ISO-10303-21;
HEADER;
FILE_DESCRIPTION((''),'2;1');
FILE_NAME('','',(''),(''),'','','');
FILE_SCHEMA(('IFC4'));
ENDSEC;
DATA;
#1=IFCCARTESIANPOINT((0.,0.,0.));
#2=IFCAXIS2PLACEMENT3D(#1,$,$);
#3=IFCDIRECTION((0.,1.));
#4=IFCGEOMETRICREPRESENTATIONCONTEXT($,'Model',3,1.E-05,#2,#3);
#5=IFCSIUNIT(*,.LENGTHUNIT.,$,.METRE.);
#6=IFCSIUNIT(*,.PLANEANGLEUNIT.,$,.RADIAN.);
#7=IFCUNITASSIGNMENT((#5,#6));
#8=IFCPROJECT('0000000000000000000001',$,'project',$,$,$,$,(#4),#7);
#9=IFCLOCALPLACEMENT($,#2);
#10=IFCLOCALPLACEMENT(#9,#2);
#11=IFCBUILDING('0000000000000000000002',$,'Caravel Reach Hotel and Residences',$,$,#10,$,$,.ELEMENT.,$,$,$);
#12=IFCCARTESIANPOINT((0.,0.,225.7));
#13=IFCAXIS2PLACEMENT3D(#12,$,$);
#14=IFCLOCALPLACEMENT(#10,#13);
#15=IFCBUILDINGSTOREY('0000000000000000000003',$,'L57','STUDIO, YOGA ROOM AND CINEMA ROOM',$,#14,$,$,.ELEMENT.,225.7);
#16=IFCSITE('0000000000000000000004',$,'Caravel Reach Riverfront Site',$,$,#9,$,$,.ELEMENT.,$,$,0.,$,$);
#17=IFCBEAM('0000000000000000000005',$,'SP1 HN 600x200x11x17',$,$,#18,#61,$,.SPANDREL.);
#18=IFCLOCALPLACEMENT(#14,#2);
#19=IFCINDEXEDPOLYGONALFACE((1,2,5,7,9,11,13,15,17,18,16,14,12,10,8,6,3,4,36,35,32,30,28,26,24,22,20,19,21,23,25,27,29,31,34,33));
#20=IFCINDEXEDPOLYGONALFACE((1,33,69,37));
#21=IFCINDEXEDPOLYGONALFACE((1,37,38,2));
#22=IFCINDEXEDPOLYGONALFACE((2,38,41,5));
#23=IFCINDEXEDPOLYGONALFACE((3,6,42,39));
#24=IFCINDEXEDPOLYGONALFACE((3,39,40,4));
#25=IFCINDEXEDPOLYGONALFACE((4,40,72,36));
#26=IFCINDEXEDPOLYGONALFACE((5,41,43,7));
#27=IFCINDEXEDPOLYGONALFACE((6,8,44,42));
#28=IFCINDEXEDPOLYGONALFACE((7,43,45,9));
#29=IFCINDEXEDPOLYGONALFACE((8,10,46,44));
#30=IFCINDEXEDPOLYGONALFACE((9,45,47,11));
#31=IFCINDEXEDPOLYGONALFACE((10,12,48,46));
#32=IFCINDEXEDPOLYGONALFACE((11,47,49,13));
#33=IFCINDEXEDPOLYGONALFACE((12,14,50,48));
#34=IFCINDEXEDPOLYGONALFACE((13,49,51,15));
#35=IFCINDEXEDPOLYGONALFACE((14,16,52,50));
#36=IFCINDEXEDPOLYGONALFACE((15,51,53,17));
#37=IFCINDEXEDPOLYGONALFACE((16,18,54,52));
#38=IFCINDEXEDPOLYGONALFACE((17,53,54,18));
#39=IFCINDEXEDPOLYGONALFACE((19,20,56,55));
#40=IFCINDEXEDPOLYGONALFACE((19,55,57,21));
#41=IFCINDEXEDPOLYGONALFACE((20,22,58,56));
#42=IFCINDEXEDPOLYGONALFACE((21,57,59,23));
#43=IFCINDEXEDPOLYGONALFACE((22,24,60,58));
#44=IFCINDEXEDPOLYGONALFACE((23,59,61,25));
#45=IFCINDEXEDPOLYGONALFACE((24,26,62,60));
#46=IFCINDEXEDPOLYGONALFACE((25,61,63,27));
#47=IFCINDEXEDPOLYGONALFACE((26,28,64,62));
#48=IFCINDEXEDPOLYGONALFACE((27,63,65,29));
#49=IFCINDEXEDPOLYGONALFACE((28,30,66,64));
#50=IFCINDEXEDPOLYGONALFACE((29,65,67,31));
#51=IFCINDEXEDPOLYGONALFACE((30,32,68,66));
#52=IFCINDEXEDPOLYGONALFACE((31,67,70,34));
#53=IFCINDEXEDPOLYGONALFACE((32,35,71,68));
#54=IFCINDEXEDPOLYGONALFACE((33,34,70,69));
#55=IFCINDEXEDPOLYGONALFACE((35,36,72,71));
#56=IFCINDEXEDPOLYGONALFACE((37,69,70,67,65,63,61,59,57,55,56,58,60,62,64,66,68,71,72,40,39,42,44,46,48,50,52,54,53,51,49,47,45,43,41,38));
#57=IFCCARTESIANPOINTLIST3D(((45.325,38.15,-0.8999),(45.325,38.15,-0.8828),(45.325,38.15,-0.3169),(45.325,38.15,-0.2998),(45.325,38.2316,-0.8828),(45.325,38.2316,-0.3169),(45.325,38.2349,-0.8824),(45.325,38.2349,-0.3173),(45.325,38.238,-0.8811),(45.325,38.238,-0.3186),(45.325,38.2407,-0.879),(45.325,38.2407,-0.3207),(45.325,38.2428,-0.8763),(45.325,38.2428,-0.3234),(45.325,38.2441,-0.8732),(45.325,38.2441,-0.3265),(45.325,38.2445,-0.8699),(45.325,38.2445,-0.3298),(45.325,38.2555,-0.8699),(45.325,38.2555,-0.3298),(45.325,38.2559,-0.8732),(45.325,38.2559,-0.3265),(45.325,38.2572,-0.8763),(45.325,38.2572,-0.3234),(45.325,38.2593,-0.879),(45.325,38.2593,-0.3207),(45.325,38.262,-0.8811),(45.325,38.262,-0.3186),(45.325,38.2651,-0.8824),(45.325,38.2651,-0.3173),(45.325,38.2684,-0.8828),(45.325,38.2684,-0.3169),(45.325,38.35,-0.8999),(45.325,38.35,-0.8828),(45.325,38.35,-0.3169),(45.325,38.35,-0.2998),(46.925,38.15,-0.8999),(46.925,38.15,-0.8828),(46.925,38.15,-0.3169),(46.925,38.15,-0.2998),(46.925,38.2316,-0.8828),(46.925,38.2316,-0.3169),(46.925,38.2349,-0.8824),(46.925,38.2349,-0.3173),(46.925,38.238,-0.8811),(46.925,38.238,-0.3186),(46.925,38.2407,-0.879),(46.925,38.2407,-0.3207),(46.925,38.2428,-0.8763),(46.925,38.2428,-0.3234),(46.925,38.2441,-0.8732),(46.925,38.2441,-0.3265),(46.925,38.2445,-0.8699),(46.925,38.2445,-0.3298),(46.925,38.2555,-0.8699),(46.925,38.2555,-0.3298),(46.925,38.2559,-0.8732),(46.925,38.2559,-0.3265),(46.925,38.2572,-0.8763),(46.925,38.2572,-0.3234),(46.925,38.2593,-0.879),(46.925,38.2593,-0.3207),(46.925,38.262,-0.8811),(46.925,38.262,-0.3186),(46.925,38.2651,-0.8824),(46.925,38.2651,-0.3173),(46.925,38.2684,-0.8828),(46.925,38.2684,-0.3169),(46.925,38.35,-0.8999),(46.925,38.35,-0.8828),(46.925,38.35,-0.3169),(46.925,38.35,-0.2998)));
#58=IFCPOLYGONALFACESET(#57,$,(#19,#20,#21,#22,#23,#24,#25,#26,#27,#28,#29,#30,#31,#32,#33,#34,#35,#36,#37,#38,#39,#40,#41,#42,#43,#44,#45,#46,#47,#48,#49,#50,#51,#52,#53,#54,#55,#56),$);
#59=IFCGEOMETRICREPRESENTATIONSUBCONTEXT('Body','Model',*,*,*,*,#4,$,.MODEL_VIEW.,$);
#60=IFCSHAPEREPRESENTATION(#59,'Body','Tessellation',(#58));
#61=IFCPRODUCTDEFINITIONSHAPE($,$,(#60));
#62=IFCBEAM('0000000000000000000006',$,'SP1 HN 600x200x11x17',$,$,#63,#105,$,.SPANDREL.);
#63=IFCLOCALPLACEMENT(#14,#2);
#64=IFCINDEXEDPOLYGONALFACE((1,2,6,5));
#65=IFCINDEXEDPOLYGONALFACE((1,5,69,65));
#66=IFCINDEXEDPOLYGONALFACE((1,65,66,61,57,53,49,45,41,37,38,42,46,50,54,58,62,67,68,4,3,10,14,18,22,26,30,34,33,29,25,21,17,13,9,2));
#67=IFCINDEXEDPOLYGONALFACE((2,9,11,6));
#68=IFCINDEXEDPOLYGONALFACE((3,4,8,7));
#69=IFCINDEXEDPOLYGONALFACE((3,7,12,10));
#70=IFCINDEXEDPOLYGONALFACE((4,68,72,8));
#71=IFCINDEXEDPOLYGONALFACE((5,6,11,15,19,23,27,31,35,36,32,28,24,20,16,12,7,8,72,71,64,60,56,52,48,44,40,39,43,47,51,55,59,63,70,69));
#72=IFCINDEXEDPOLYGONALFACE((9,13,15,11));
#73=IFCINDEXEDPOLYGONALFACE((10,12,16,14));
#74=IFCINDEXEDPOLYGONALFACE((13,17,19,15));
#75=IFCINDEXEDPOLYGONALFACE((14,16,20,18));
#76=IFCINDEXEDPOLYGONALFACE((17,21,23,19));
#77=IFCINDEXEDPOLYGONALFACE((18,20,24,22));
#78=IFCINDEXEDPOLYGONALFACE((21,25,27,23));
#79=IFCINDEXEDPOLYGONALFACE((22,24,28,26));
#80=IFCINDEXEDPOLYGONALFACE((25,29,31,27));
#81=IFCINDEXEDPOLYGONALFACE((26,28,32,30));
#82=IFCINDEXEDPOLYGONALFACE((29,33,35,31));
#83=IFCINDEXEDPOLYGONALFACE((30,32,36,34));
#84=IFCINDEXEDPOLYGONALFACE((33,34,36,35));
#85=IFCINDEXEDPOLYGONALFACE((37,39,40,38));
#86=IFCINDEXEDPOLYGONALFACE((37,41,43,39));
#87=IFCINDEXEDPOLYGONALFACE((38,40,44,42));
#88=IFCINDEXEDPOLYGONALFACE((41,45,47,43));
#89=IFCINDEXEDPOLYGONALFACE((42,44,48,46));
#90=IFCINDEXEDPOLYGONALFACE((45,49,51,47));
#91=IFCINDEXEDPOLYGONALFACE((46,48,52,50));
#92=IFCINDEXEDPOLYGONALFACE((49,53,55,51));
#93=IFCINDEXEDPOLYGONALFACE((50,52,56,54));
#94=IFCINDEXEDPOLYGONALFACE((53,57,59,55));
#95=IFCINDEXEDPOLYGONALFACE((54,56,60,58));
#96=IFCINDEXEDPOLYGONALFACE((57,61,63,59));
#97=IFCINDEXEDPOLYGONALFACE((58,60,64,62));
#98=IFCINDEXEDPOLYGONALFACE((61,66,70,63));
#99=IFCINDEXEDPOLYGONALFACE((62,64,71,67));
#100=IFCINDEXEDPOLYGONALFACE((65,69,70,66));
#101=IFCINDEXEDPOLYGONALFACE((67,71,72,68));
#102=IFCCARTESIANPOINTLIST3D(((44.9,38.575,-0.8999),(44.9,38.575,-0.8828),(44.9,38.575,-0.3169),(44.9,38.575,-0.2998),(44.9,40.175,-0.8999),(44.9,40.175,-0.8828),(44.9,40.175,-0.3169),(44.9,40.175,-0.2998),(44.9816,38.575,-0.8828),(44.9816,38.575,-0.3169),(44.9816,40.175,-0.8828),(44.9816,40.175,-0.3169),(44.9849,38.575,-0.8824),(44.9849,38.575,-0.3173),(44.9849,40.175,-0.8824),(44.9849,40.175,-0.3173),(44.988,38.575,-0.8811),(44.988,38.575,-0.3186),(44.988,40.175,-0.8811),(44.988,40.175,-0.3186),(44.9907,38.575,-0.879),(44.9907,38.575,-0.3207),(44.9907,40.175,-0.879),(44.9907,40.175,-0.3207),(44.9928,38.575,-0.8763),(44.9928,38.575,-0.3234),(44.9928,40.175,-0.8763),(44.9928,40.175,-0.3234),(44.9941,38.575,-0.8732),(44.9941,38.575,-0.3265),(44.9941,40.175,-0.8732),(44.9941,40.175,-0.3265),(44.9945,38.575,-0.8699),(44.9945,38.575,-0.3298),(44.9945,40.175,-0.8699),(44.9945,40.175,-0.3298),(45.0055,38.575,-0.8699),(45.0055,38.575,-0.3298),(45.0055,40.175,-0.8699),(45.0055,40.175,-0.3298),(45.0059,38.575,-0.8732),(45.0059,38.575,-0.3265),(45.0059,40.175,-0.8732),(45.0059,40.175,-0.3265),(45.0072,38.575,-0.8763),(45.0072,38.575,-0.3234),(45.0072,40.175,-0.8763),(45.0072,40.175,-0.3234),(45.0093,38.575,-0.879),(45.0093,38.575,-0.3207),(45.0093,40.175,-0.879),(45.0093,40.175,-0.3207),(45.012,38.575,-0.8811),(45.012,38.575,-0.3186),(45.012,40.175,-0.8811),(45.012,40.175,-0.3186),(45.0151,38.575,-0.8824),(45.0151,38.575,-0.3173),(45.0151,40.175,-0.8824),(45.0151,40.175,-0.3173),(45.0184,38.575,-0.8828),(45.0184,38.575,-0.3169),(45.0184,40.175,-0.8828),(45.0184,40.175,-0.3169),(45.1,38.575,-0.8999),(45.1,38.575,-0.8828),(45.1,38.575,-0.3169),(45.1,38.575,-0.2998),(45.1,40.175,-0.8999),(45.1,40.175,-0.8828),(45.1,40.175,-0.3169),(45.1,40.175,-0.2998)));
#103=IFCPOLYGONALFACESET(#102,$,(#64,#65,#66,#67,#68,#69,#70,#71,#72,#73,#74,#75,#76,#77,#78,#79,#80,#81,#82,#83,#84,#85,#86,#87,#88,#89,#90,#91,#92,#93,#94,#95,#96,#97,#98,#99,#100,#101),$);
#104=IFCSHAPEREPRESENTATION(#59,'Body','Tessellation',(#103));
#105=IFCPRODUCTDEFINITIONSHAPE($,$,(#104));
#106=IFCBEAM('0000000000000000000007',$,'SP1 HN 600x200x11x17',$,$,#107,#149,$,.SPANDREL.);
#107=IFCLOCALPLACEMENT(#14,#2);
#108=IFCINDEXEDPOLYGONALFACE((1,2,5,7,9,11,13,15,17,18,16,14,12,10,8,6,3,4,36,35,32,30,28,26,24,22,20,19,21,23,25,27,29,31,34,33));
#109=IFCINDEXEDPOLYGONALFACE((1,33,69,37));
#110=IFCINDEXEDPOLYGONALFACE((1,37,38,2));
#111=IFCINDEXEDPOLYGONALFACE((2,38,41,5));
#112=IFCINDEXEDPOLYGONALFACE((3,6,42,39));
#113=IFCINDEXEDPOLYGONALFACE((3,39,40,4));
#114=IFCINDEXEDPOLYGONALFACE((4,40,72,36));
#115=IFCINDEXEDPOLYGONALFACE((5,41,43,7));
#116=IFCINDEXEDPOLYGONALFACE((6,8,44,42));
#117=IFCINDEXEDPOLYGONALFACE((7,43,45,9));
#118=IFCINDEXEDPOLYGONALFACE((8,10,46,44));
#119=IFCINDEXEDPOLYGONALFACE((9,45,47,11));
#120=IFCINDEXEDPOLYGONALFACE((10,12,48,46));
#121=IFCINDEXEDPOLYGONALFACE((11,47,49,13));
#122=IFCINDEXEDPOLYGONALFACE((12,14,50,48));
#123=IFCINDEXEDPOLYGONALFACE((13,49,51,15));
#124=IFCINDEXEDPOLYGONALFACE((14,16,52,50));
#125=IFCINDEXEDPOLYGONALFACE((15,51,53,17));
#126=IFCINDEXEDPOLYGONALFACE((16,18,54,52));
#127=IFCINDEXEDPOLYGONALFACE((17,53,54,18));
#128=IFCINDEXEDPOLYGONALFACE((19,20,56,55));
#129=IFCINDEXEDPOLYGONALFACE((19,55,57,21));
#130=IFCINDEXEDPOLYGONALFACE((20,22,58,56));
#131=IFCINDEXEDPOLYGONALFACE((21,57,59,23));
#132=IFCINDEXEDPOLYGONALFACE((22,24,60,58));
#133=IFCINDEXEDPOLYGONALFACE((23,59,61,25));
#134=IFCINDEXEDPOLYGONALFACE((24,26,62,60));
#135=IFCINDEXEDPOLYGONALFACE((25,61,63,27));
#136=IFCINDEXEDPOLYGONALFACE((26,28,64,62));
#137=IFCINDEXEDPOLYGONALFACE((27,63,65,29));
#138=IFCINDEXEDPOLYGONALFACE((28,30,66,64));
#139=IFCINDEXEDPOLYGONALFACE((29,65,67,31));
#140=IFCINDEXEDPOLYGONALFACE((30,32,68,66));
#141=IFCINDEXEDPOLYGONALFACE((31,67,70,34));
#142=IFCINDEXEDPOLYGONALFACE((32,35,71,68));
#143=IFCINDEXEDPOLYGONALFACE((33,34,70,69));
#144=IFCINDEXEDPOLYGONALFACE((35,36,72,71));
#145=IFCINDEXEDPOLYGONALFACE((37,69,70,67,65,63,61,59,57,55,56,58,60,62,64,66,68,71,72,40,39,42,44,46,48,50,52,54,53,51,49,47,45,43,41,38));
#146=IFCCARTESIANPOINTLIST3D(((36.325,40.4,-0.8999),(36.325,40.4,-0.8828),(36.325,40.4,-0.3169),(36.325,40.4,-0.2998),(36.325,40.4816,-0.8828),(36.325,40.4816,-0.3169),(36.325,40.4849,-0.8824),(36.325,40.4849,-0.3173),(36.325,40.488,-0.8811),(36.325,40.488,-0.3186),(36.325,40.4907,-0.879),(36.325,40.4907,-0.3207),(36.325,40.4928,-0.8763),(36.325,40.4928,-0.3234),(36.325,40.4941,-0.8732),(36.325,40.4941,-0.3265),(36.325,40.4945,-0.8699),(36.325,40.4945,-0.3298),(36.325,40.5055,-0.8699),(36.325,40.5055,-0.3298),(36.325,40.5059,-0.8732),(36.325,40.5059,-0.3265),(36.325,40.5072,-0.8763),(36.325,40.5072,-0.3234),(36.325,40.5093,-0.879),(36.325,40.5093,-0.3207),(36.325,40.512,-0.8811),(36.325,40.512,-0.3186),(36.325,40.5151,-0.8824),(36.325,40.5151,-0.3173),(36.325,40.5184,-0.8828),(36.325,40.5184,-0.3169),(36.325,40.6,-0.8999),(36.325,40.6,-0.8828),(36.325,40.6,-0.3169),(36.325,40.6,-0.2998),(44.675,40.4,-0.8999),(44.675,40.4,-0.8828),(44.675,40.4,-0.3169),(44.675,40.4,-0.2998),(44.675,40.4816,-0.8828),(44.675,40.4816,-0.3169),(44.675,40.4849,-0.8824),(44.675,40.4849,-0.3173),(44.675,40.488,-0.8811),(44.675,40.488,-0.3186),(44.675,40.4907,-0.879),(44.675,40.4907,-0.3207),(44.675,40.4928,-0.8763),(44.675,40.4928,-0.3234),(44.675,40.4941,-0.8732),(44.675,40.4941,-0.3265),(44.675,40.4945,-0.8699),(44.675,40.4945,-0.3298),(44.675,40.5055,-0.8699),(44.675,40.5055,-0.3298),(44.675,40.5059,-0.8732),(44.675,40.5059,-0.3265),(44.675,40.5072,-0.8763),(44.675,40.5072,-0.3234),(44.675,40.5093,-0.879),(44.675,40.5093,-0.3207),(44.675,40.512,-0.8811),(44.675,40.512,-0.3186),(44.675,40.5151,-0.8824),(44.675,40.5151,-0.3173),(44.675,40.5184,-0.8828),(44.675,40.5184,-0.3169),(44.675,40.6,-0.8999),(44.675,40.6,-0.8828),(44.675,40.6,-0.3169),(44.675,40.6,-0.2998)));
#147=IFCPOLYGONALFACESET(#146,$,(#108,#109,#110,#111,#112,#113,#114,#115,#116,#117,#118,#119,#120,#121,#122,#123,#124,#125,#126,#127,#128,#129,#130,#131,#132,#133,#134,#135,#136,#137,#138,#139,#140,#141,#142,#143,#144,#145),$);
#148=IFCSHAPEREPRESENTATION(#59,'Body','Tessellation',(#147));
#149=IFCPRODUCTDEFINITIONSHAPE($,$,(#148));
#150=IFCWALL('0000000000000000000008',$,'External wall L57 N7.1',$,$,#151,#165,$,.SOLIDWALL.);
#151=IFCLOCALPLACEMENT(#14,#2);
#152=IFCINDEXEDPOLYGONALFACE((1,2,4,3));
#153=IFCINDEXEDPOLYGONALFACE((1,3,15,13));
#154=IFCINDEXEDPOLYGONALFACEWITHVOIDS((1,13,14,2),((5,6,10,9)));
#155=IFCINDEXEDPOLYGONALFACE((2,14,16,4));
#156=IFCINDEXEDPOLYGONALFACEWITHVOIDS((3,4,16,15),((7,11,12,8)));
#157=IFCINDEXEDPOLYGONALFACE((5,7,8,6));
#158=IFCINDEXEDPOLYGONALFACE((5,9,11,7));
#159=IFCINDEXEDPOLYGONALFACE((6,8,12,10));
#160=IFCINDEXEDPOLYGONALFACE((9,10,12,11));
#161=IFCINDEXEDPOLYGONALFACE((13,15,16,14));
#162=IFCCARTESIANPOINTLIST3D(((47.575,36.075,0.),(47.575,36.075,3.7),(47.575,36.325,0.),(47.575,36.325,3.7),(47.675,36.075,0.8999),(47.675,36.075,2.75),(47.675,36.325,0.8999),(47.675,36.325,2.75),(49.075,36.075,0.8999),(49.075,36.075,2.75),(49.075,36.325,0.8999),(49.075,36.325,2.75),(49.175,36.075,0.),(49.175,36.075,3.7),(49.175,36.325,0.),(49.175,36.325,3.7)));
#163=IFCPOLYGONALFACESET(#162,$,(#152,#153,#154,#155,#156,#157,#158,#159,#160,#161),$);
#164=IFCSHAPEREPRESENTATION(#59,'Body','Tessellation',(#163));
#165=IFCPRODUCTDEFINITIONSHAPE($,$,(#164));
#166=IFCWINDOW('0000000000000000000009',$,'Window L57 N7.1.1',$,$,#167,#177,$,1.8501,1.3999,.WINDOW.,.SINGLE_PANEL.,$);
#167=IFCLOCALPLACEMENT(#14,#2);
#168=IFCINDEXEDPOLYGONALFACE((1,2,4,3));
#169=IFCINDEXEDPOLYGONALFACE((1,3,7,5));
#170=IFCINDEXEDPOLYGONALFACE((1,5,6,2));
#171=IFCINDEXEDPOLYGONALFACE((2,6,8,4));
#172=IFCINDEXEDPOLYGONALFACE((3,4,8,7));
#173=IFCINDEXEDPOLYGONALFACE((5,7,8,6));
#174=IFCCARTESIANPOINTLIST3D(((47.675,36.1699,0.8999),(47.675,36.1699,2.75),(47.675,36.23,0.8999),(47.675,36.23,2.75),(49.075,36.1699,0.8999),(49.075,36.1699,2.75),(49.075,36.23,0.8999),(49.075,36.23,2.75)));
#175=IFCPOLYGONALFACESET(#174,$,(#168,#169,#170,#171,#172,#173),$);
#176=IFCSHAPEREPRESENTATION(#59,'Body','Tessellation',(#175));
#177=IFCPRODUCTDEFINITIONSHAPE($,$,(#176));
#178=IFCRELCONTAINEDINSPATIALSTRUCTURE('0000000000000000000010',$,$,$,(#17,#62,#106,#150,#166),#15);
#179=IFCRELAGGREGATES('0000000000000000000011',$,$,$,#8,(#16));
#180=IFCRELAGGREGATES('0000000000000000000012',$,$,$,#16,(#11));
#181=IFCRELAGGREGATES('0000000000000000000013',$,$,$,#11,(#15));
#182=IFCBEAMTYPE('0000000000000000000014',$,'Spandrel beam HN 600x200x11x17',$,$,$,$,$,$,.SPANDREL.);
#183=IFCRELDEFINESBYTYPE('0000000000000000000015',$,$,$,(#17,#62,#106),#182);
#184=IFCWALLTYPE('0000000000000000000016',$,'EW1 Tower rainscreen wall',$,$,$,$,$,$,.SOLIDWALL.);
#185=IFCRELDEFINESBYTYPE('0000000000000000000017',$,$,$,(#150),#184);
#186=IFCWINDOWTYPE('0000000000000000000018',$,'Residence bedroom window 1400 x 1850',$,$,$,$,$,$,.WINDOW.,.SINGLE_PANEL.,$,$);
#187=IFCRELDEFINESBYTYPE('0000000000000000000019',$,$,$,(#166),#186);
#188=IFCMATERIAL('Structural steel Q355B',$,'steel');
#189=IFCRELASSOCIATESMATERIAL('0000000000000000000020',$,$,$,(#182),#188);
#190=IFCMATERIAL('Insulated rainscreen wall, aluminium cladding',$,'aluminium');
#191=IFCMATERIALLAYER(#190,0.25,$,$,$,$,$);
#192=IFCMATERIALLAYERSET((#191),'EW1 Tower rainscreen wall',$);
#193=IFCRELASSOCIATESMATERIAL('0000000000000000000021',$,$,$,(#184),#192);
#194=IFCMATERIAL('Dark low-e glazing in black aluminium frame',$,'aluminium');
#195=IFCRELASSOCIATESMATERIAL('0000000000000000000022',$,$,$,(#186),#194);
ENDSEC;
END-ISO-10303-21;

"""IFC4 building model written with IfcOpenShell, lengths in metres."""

from ifc_helpers import new_model, si_unit, direction, frame, frame_2d, origin, origin_2d, place, context, subcontext, project, spatial, rectangle, i_section, extrude, material, layer, layer_set, material_profile, profile_set, type_object, element, fill, save


model = new_model("IFC4")

# Units and contexts
model_context = context("Model", 3, precision=1e-05, world=origin(), true_north=direction((0.0, 1.0)))
body_context = subcontext(model_context, "Body", "Model", "MODEL_VIEW")
ifc_project = project(units=[si_unit("LENGTHUNIT", "METRE"), si_unit("PLANEANGLEUNIT", "RADIAN")], contexts=[model_context])

# Site, building, storey
site_placement = place(None, origin())
site = spatial("IfcSite", under=ifc_project, at=site_placement, Name="Caravel Reach Riverfront Site", CompositionType="ELEMENT", RefElevation=0.0)
building_placement = place(site_placement, origin())
building = spatial("IfcBuilding", under=site, at=building_placement, Name="Caravel Reach Hotel and Residences", CompositionType="ELEMENT")
storey_placement = place(building_placement, frame((0.0, 0.0, 225.7)))
storey = spatial("IfcBuildingStorey", under=building, at=storey_placement, Name="L57", Description="STUDIO, YOGA ROOM AND CINEMA ROOM", CompositionType="ELEMENT", Elevation=225.7)

# Beams
ifc_material_1 = material(Name="Structural steel Q355B", Category="steel")
ifc_material_profile_1 = material_profile(ifc_material_1, i_section(OverallWidth=0.2, OverallDepth=0.6001, WebThickness=0.011, FlangeThickness=0.0171, FilletRadius=0.0129, at=origin_2d()), Name="HN 600x200x11x17")
ifc_profile_set_1 = profile_set([ifc_material_profile_1], Name="Structural steel Q355B")
beam_type = type_object("IfcBeamType", Name="Spandrel beam HN 600x200x11x17", PredefinedType="SPANDREL", material=ifc_profile_set_1)
for number, where, z_axis, x_axis, name in (
    (1, (46.925, 38.25, -0.5999), (-1.0, 0.0, 0.0), (0.0, -1.0, 0.0), "SP1 HN 600x200x11x17"),
    (2, (45.0, 38.575, -0.5999), (0.0, 1.0, 0.0), (-1.0, 0.0, 0.0), "SP1 HN 600x200x11x17"),
):
    element("IfcBeam", number, at=place(storey_placement, frame(where, z_axis=z_axis, x_axis=x_axis)), inside=storey, type_object=beam_type, Name=name, PredefinedType="SPANDREL", context=body_context, shape_type="SweptSolid", body=[
        extrude(i_section(OverallWidth=0.2, OverallDepth=0.6001, WebThickness=0.011, FlangeThickness=0.0171, FilletRadius=0.0129, at=origin_2d()), origin(), (0.0, 0.0, 1.0), 1.6001),
    ])
beam_placement = place(storey_placement, frame((44.675, 40.5, -0.5999), z_axis=(-1.0, 0.0, 0.0), x_axis=(0.0, -1.0, 0.0)))
element("IfcBeam", 3, at=beam_placement, inside=storey, type_object=beam_type, Name="SP1 HN 600x200x11x17", PredefinedType="SPANDREL", context=body_context, shape_type="SweptSolid", body=[
    extrude(i_section(OverallWidth=0.2, OverallDepth=0.6001, WebThickness=0.011, FlangeThickness=0.0171, FilletRadius=0.0129, at=origin_2d()), origin(), (0.0, 0.0, 1.0), 8.3501),
])

# Wall, opening, window
ifc_material_2 = material(Name="Insulated rainscreen wall, aluminium cladding", Category="aluminium")
ifc_layer_1 = layer(ifc_material_2, 0.25)
ifc_layer_set_1 = layer_set([ifc_layer_1], Name="EW1 Tower rainscreen wall")
wall_type_1 = type_object("IfcWallType", Name="EW1 Tower rainscreen wall", PredefinedType="SOLIDWALL", material=ifc_layer_set_1)
wall_1_placement = place(storey_placement, frame((49.175, 36.2, 0.0), z_axis=(0.0, 0.0, 1.0), x_axis=(-1.0, 0.0, 0.0)))
wall_1 = element("IfcWall", 4, at=wall_1_placement, inside=storey, type_object=wall_type_1, Name="External wall L57 N7.1", PredefinedType="SOLIDWALL", context=body_context, shape_type="SweptSolid", body=[
    extrude(rectangle(XDim=1.6001, YDim=0.25, at=frame_2d((0.8, 0.0))), origin(), (0.0, 0.0, 1.0), 3.7),
])
opening_1_placement = place(wall_1_placement, frame((0.1001, 0.0, 0.8999)))
opening_1 = element("IfcOpeningElement", 5, at=opening_1_placement, cuts=wall_1, PredefinedType="OPENING", context=body_context, shape_type="SweptSolid", body=[
    extrude(rectangle(XDim=1.3999, YDim=1.8501, at=frame_2d((0.7, 0.925))), frame((0.0, 0.135, 0.0), z_axis=(0.0, -1.0, 0.0), x_axis=(1.0, 0.0, 0.0)), (0.0, 0.0, 1.0), 0.27),
])
ifc_material_3 = material(Name="Dark low-e glazing in black aluminium frame", Category="aluminium")
window_type_1 = type_object("IfcWindowType", Name="Residence bedroom window 1400 x 1850", PartitioningType="SINGLE_PANEL", PredefinedType="WINDOW", material=ifc_material_3)
window_1_placement = place(opening_1_placement, origin())
window_1 = element("IfcWindow", 6, at=window_1_placement, inside=storey, type_object=window_type_1, Name="Window L57 N7.1.1", OverallHeight=1.8501, OverallWidth=1.3999, PartitioningType="SINGLE_PANEL", PredefinedType="WINDOW", context=body_context, shape_type="SweptSolid", body=[
    extrude(rectangle(XDim=1.3999, YDim=1.8501, at=frame_2d((0.7, 0.925))), frame((0.0, 0.03, 0.0), z_axis=(0.0, -1.0, 0.0), x_axis=(1.0, 0.0, 0.0)), (0.0, 0.0, 1.0), 0.0601),
])
fill(opening_1, window_1)

save(model, "model.ifc")
